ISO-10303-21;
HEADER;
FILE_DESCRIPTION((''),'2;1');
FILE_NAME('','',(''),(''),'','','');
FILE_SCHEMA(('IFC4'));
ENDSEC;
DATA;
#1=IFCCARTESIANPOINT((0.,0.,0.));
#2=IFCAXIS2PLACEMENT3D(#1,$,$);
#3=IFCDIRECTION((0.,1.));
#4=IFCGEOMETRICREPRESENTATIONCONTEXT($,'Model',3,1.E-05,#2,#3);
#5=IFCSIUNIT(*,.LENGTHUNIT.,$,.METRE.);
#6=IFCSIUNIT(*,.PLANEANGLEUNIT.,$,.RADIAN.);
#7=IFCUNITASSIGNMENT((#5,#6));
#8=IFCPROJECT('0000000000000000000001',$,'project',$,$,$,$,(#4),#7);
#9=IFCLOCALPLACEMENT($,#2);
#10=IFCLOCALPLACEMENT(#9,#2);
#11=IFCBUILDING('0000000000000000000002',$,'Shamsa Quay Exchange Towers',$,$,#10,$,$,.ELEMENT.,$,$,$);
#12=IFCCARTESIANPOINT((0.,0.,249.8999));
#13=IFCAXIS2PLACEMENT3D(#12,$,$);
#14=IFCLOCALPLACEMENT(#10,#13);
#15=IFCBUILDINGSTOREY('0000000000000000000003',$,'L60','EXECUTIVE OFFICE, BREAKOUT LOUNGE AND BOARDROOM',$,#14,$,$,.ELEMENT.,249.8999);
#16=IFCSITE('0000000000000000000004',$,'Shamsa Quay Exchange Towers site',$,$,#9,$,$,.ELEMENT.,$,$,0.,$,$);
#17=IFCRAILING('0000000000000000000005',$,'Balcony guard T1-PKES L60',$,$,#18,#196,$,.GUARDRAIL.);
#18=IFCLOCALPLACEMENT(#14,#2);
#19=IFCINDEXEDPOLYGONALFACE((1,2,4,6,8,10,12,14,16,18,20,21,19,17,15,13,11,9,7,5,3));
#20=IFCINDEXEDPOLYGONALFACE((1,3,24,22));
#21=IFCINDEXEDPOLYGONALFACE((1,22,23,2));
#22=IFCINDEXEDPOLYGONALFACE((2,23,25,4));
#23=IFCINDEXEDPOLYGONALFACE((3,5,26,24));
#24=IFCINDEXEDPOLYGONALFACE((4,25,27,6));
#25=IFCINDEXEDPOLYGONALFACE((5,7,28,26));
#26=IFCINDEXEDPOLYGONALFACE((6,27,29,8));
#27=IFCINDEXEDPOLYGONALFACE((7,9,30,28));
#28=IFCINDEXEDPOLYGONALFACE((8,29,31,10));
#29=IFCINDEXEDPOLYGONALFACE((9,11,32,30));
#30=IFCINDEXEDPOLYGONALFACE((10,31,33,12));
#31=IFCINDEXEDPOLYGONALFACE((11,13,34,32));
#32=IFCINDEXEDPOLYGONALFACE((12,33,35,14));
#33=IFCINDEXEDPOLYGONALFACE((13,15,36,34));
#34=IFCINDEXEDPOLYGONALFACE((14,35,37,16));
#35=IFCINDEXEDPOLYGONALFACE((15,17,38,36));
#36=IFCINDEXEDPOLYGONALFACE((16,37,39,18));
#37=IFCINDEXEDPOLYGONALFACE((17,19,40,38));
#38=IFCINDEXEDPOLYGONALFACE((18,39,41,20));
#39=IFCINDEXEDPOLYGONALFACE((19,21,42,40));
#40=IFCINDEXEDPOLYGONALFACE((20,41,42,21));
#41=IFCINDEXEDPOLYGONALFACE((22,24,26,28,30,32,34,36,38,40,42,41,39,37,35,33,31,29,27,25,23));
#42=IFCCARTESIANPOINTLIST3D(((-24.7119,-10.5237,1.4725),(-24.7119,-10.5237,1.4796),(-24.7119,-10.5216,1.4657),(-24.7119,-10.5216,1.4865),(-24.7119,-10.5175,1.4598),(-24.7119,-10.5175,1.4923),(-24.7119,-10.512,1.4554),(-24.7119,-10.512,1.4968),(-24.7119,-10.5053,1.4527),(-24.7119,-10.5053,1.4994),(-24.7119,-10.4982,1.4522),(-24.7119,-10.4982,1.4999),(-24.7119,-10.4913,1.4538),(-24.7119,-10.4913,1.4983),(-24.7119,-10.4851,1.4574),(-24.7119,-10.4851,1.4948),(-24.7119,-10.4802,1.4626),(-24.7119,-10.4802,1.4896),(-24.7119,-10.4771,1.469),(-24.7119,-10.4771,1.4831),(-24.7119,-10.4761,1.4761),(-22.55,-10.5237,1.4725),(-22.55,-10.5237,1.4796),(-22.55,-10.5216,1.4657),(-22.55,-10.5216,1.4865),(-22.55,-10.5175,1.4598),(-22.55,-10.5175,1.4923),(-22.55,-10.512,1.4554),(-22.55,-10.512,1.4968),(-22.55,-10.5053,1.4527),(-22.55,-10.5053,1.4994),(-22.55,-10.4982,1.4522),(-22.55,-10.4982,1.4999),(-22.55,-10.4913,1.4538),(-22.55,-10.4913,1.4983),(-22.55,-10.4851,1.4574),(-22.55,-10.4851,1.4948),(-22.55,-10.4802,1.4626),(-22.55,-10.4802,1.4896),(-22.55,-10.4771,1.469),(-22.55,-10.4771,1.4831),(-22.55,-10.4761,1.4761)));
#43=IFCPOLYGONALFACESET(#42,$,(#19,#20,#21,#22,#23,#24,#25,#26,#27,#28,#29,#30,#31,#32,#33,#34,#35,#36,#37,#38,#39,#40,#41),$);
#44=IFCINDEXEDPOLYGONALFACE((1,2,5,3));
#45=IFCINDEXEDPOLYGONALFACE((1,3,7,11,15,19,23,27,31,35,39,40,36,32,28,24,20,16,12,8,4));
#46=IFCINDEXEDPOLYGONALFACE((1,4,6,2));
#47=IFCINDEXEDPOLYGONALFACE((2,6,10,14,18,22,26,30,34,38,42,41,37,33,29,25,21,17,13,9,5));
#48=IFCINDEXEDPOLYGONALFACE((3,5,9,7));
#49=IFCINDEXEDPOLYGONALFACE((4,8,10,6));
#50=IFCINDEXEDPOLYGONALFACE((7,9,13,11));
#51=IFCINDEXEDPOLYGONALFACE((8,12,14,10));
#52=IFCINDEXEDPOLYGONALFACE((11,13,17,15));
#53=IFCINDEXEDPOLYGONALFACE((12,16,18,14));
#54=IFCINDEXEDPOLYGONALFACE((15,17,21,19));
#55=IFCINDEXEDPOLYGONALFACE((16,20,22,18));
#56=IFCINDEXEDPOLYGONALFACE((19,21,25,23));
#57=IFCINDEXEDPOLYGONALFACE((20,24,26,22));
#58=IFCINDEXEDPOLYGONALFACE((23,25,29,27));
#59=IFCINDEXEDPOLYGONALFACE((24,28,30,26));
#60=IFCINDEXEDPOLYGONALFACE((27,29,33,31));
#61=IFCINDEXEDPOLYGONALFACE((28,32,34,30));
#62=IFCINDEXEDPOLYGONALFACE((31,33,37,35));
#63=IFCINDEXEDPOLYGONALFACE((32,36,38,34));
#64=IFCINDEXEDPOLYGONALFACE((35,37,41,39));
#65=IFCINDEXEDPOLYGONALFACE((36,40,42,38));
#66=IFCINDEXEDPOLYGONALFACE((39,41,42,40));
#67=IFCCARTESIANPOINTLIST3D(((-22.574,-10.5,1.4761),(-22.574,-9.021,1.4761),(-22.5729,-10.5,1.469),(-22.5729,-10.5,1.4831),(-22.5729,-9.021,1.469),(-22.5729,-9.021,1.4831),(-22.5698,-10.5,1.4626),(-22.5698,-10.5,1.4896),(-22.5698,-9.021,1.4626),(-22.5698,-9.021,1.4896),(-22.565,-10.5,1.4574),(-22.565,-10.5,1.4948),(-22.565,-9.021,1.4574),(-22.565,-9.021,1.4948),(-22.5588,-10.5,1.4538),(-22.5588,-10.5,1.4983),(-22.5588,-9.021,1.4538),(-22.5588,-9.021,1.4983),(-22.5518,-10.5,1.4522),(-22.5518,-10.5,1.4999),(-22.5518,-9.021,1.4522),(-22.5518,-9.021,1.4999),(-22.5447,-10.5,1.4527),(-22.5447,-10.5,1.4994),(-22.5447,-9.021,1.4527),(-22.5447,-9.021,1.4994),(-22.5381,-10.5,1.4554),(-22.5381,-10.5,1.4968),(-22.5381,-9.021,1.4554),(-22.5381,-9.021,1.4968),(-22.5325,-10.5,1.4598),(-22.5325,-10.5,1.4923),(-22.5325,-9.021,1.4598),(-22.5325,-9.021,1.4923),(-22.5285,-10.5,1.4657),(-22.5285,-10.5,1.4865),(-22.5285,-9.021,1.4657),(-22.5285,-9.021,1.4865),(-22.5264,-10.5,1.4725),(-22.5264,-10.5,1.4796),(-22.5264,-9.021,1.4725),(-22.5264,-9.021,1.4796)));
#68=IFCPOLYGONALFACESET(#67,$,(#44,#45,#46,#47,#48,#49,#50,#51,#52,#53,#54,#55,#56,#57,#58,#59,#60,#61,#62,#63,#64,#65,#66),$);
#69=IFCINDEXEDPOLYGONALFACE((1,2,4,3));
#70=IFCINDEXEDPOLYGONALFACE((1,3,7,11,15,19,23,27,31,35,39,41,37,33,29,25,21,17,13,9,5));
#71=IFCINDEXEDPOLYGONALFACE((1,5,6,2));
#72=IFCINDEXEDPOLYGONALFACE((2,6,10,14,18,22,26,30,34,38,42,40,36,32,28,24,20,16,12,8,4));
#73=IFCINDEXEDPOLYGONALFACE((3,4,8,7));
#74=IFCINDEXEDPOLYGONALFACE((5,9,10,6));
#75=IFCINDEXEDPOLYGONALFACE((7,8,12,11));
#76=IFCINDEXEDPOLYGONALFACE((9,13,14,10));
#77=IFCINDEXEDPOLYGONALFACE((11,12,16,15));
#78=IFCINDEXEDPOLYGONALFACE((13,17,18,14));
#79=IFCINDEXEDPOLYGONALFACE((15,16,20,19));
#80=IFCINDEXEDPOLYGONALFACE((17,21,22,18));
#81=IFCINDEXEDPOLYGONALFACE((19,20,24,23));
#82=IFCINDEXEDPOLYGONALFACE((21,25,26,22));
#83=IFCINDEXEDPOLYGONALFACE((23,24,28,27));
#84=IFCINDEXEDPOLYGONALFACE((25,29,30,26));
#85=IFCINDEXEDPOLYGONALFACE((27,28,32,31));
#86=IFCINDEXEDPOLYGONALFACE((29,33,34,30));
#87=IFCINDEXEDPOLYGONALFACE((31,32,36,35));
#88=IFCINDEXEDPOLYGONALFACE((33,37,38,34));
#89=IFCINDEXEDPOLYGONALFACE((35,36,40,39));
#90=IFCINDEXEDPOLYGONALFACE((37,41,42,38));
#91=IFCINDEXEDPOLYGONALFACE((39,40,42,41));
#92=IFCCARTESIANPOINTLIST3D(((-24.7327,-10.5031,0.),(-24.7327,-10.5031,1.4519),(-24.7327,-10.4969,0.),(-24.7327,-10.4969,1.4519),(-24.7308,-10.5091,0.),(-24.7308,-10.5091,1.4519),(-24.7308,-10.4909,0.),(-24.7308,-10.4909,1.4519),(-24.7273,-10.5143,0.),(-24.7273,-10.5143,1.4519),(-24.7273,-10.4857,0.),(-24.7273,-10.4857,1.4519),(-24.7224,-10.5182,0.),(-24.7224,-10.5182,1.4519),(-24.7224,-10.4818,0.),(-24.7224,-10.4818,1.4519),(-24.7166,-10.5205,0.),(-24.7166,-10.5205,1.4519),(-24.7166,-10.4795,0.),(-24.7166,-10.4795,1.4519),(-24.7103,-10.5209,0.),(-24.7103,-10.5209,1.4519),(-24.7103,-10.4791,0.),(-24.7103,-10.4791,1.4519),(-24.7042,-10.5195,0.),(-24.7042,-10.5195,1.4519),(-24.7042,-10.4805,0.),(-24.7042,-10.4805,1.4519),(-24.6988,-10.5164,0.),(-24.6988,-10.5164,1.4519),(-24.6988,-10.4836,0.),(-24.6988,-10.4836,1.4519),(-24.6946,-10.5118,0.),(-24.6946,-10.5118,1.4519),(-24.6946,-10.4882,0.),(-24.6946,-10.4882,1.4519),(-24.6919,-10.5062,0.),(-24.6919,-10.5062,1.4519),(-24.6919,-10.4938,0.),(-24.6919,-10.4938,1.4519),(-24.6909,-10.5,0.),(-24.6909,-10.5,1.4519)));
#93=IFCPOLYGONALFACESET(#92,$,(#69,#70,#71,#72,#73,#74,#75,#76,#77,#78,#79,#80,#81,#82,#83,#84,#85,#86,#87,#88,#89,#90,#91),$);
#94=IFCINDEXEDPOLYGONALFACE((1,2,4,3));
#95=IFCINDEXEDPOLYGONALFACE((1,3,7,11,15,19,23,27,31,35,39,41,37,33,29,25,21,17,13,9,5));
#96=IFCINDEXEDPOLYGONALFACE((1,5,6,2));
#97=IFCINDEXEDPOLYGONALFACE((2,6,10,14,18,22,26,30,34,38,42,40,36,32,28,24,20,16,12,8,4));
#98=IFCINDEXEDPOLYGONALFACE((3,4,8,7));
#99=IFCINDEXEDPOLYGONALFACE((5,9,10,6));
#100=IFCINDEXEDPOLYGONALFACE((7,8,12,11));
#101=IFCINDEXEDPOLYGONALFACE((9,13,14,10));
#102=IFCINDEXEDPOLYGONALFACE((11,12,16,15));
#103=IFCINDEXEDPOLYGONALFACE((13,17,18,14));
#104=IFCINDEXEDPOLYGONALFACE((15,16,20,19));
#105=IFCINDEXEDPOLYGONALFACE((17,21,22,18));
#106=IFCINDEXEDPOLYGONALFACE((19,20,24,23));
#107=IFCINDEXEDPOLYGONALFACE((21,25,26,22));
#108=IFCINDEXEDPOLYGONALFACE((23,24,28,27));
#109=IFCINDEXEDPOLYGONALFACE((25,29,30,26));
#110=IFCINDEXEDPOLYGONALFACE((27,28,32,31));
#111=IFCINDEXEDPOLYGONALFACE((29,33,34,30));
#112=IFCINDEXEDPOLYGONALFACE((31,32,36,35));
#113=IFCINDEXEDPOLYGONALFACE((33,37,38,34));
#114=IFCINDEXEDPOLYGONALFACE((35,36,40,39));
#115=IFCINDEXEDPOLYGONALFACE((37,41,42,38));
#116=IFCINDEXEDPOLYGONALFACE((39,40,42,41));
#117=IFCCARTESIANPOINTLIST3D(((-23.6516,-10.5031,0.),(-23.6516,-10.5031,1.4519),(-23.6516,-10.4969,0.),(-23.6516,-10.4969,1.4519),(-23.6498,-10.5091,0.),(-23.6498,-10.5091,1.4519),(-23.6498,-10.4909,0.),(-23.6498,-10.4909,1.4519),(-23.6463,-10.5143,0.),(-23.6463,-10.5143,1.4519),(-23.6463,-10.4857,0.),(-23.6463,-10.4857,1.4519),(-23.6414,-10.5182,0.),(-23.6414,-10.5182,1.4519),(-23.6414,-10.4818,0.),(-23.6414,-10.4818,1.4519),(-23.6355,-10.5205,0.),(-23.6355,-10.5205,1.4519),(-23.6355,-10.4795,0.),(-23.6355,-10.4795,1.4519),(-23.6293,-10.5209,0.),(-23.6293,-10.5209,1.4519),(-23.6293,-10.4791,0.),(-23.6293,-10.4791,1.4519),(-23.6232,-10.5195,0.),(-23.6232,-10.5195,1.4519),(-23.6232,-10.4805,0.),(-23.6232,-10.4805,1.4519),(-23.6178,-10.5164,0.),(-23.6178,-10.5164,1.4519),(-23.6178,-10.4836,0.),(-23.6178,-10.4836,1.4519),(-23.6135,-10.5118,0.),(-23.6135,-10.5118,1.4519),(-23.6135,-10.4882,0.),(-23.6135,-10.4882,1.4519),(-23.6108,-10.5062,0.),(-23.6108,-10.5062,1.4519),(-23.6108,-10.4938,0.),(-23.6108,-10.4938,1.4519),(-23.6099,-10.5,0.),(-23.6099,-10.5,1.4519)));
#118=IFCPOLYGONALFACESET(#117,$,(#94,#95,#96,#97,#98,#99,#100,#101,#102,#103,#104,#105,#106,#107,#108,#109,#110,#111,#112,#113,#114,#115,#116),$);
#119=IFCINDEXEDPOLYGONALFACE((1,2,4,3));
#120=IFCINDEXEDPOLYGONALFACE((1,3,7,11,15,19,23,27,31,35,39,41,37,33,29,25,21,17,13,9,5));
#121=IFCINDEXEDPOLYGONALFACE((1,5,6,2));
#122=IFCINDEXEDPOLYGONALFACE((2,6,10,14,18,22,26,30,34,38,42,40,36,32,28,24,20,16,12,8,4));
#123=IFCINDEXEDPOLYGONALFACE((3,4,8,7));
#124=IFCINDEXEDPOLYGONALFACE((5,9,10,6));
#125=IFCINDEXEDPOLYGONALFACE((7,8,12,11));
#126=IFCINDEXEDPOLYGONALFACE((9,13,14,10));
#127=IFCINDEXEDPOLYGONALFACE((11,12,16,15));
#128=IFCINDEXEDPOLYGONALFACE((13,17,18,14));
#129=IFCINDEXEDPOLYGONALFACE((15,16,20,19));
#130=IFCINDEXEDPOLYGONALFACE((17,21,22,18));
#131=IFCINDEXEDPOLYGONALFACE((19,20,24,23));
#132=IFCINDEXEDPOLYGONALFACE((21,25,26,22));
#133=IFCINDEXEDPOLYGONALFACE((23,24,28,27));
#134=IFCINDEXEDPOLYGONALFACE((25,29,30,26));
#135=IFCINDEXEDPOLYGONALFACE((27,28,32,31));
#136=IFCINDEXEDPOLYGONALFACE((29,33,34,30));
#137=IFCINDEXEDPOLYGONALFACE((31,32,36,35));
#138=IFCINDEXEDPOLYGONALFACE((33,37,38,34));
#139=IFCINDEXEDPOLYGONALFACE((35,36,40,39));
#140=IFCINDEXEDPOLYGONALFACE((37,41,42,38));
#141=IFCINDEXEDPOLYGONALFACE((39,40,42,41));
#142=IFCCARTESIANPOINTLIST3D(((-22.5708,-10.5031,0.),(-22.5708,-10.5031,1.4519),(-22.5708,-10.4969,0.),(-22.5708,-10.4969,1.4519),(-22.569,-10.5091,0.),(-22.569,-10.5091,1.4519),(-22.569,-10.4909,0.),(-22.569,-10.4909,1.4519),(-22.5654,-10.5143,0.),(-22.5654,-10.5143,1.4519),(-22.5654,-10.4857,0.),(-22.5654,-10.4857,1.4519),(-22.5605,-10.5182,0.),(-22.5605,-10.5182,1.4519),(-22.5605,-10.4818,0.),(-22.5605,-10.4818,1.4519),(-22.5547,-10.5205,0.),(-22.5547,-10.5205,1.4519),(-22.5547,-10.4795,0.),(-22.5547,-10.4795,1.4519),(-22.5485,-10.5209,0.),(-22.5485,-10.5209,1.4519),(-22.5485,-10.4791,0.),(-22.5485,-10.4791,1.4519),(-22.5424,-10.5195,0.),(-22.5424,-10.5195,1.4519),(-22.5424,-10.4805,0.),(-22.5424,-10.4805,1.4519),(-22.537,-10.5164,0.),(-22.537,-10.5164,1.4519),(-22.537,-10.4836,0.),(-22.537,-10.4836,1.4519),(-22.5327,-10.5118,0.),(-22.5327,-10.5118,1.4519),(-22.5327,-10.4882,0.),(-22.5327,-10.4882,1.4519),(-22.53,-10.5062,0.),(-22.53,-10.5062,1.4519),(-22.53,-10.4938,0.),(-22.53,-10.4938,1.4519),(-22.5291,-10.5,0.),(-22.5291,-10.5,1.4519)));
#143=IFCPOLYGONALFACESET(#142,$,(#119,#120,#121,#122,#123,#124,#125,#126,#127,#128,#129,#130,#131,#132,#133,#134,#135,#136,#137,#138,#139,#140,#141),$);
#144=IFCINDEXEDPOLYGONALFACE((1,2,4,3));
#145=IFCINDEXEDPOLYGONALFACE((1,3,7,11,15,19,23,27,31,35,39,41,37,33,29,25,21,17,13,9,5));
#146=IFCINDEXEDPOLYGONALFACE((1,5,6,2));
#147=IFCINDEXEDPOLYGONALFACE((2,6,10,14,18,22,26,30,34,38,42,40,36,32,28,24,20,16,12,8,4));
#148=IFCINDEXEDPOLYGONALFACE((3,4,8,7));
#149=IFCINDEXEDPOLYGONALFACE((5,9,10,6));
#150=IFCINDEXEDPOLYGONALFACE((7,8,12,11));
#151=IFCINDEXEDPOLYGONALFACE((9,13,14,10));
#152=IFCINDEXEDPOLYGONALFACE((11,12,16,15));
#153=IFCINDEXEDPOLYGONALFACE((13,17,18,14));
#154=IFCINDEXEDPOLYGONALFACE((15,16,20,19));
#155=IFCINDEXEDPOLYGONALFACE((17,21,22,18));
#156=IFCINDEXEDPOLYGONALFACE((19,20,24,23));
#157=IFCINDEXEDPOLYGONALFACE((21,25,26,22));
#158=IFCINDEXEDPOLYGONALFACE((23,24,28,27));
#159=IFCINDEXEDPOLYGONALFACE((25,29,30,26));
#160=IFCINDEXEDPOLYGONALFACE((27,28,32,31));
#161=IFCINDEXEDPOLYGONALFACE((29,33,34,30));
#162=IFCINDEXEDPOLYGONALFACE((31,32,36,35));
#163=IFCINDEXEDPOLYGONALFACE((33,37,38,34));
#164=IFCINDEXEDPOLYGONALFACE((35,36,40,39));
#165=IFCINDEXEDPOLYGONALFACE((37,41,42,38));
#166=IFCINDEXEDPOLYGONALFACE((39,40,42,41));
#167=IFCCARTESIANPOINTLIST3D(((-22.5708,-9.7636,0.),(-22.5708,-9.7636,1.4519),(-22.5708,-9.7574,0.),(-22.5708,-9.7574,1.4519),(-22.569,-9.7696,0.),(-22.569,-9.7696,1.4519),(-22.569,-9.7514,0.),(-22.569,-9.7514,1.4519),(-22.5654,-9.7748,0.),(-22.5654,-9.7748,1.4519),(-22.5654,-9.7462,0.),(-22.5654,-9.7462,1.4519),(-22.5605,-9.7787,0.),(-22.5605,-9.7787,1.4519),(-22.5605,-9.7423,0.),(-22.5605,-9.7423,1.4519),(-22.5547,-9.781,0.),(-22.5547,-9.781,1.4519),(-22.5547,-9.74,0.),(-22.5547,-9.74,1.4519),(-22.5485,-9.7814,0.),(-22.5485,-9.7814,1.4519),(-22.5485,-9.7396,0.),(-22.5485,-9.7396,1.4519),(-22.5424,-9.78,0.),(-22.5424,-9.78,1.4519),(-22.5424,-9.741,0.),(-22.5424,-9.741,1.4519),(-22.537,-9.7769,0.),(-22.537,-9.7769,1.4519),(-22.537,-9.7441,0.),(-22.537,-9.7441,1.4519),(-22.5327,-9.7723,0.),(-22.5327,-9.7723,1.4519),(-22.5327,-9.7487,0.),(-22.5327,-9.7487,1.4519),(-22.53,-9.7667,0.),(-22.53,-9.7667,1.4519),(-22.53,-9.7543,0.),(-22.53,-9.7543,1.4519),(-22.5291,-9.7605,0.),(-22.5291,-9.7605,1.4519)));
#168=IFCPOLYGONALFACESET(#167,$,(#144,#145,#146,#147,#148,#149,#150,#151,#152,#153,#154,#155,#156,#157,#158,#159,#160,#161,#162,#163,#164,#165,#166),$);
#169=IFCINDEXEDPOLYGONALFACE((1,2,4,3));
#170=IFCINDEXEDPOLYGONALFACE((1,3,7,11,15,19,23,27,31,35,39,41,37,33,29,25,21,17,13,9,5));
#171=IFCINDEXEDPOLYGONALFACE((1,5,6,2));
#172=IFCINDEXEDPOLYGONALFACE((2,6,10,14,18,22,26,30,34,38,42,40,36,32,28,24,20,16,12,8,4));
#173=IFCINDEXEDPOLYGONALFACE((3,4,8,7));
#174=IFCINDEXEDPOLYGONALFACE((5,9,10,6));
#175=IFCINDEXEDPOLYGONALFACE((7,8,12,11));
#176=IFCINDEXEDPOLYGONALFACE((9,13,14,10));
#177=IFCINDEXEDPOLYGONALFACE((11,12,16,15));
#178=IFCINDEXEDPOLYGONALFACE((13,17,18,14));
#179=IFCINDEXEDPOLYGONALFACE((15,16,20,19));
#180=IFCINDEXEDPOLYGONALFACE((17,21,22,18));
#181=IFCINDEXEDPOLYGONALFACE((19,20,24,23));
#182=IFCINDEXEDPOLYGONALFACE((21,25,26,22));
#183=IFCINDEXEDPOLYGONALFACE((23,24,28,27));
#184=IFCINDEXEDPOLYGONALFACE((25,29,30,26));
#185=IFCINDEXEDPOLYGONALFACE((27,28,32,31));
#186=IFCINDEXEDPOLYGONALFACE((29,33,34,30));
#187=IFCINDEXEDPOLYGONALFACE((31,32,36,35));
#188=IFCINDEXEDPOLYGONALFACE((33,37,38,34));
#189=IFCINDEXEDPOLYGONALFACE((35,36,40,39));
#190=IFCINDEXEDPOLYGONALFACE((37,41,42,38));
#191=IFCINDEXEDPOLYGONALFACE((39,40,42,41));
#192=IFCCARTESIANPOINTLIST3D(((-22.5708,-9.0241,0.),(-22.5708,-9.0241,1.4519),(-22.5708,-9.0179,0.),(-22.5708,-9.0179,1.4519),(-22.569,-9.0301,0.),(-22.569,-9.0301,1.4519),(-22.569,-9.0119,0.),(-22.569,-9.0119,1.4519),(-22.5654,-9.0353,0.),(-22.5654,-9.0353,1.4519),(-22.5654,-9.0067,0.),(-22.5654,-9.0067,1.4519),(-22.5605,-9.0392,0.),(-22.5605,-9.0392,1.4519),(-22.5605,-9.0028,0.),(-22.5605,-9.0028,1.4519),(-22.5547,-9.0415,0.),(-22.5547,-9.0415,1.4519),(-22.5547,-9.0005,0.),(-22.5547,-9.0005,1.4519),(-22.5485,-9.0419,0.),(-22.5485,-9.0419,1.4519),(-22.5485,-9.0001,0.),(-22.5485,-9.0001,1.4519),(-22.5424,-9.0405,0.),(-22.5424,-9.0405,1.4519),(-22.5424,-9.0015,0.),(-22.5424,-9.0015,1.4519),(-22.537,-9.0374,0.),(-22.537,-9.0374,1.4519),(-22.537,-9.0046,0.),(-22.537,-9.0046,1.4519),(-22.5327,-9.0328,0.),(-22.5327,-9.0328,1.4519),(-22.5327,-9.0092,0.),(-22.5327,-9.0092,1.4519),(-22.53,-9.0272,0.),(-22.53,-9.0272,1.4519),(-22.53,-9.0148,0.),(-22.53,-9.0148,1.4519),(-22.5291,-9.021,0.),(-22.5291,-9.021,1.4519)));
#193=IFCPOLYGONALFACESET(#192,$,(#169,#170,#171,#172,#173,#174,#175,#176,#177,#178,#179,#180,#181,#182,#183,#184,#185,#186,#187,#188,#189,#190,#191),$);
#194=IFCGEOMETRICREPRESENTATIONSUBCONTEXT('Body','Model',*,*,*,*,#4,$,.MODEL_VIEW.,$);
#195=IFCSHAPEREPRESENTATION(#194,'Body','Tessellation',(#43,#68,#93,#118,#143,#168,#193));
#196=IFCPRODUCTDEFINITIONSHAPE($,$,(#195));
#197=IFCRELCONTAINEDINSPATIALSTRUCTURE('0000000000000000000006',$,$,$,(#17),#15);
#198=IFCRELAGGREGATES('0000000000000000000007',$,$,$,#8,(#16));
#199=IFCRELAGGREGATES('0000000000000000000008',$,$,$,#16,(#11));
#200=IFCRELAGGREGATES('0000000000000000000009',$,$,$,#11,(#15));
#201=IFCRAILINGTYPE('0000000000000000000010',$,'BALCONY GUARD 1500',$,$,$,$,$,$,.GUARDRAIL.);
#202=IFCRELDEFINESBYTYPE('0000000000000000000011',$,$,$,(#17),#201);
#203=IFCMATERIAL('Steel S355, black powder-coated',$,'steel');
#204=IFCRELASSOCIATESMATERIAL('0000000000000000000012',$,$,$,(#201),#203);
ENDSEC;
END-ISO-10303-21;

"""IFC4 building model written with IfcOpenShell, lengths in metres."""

from ifc_helpers import new_model, si_unit, direction, frame, origin, origin_2d, place, context, subcontext, project, spatial, circle, extrude, material, type_object, element, save


model = new_model("IFC4")

# Units and contexts
model_context = context("Model", 3, precision=1e-05, world=origin(), true_north=direction((0.0, 1.0)))
body_context = subcontext(model_context, "Body", "Model", "MODEL_VIEW")
ifc_project = project(units=[si_unit("LENGTHUNIT", "METRE"), si_unit("PLANEANGLEUNIT", "RADIAN")], contexts=[model_context])

# Site, building, storey
site_placement = place(None, origin())
site = spatial("IfcSite", under=ifc_project, at=site_placement, Name="Shamsa Quay Exchange Towers site", CompositionType="ELEMENT", RefElevation=0.0)
building_placement = place(site_placement, origin())
building = spatial("IfcBuilding", under=site, at=building_placement, Name="Shamsa Quay Exchange Towers", CompositionType="ELEMENT")
storey_placement = place(building_placement, frame((0.0, 0.0, 249.8999)))
storey = spatial("IfcBuildingStorey", under=building, at=storey_placement, Name="L60", Description="EXECUTIVE OFFICE, BREAKOUT LOUNGE AND BOARDROOM", CompositionType="ELEMENT", Elevation=249.8999)

# Railing
ifc_material_1 = material(Name="Steel S355, black powder-coated", Category="steel")
railing_type_1 = type_object("IfcRailingType", Name="BALCONY GUARD 1500", PredefinedType="GUARDRAIL", material=ifc_material_1)
for number, where, name in (
    (1, (-24.7119, -10.5, 0.0), "Balcony guard T1-PKES L60"),
):
    element("IfcRailing", number, at=place(storey_placement, frame(where)), inside=storey, type_object=railing_type_1, Name=name, PredefinedType="GUARDRAIL", context=body_context, shape_type="SweptSolid", body=[
        extrude(circle(Radius=0.0239, at=origin_2d()), frame((0.0, 0.0, 1.4761), z_axis=(1.0, 0.0, 0.0), x_axis=(0.0, 1.0, 0.0)), (0.0, 0.0, 1.0), 2.1619),
        extrude(circle(Radius=0.0239, at=origin_2d()), frame((2.1619, 0.0, 1.4761), z_axis=(0.0, 1.0, 0.0), x_axis=(-1.0, 0.0, 0.0)), (0.0, 0.0, 1.0), 1.479),
        extrude(circle(Radius=0.021, at=origin_2d()), origin(), (0.0, 0.0, 1.0), 1.4519),
        extrude(circle(Radius=0.021, at=origin_2d()), frame((1.0811, 0.0, 0.0)), (0.0, 0.0, 1.0), 1.4519),
        extrude(circle(Radius=0.021, at=origin_2d()), frame((2.1619, 0.0, 0.0)), (0.0, 0.0, 1.0), 1.4519),
        extrude(circle(Radius=0.021, at=origin_2d()), frame((2.1619, 0.7395, 0.0)), (0.0, 0.0, 1.0), 1.4519),
        extrude(circle(Radius=0.021, at=origin_2d()), frame((2.1619, 1.479, 0.0)), (0.0, 0.0, 1.0), 1.4519),
    ])

save(model, "model.ifc")
